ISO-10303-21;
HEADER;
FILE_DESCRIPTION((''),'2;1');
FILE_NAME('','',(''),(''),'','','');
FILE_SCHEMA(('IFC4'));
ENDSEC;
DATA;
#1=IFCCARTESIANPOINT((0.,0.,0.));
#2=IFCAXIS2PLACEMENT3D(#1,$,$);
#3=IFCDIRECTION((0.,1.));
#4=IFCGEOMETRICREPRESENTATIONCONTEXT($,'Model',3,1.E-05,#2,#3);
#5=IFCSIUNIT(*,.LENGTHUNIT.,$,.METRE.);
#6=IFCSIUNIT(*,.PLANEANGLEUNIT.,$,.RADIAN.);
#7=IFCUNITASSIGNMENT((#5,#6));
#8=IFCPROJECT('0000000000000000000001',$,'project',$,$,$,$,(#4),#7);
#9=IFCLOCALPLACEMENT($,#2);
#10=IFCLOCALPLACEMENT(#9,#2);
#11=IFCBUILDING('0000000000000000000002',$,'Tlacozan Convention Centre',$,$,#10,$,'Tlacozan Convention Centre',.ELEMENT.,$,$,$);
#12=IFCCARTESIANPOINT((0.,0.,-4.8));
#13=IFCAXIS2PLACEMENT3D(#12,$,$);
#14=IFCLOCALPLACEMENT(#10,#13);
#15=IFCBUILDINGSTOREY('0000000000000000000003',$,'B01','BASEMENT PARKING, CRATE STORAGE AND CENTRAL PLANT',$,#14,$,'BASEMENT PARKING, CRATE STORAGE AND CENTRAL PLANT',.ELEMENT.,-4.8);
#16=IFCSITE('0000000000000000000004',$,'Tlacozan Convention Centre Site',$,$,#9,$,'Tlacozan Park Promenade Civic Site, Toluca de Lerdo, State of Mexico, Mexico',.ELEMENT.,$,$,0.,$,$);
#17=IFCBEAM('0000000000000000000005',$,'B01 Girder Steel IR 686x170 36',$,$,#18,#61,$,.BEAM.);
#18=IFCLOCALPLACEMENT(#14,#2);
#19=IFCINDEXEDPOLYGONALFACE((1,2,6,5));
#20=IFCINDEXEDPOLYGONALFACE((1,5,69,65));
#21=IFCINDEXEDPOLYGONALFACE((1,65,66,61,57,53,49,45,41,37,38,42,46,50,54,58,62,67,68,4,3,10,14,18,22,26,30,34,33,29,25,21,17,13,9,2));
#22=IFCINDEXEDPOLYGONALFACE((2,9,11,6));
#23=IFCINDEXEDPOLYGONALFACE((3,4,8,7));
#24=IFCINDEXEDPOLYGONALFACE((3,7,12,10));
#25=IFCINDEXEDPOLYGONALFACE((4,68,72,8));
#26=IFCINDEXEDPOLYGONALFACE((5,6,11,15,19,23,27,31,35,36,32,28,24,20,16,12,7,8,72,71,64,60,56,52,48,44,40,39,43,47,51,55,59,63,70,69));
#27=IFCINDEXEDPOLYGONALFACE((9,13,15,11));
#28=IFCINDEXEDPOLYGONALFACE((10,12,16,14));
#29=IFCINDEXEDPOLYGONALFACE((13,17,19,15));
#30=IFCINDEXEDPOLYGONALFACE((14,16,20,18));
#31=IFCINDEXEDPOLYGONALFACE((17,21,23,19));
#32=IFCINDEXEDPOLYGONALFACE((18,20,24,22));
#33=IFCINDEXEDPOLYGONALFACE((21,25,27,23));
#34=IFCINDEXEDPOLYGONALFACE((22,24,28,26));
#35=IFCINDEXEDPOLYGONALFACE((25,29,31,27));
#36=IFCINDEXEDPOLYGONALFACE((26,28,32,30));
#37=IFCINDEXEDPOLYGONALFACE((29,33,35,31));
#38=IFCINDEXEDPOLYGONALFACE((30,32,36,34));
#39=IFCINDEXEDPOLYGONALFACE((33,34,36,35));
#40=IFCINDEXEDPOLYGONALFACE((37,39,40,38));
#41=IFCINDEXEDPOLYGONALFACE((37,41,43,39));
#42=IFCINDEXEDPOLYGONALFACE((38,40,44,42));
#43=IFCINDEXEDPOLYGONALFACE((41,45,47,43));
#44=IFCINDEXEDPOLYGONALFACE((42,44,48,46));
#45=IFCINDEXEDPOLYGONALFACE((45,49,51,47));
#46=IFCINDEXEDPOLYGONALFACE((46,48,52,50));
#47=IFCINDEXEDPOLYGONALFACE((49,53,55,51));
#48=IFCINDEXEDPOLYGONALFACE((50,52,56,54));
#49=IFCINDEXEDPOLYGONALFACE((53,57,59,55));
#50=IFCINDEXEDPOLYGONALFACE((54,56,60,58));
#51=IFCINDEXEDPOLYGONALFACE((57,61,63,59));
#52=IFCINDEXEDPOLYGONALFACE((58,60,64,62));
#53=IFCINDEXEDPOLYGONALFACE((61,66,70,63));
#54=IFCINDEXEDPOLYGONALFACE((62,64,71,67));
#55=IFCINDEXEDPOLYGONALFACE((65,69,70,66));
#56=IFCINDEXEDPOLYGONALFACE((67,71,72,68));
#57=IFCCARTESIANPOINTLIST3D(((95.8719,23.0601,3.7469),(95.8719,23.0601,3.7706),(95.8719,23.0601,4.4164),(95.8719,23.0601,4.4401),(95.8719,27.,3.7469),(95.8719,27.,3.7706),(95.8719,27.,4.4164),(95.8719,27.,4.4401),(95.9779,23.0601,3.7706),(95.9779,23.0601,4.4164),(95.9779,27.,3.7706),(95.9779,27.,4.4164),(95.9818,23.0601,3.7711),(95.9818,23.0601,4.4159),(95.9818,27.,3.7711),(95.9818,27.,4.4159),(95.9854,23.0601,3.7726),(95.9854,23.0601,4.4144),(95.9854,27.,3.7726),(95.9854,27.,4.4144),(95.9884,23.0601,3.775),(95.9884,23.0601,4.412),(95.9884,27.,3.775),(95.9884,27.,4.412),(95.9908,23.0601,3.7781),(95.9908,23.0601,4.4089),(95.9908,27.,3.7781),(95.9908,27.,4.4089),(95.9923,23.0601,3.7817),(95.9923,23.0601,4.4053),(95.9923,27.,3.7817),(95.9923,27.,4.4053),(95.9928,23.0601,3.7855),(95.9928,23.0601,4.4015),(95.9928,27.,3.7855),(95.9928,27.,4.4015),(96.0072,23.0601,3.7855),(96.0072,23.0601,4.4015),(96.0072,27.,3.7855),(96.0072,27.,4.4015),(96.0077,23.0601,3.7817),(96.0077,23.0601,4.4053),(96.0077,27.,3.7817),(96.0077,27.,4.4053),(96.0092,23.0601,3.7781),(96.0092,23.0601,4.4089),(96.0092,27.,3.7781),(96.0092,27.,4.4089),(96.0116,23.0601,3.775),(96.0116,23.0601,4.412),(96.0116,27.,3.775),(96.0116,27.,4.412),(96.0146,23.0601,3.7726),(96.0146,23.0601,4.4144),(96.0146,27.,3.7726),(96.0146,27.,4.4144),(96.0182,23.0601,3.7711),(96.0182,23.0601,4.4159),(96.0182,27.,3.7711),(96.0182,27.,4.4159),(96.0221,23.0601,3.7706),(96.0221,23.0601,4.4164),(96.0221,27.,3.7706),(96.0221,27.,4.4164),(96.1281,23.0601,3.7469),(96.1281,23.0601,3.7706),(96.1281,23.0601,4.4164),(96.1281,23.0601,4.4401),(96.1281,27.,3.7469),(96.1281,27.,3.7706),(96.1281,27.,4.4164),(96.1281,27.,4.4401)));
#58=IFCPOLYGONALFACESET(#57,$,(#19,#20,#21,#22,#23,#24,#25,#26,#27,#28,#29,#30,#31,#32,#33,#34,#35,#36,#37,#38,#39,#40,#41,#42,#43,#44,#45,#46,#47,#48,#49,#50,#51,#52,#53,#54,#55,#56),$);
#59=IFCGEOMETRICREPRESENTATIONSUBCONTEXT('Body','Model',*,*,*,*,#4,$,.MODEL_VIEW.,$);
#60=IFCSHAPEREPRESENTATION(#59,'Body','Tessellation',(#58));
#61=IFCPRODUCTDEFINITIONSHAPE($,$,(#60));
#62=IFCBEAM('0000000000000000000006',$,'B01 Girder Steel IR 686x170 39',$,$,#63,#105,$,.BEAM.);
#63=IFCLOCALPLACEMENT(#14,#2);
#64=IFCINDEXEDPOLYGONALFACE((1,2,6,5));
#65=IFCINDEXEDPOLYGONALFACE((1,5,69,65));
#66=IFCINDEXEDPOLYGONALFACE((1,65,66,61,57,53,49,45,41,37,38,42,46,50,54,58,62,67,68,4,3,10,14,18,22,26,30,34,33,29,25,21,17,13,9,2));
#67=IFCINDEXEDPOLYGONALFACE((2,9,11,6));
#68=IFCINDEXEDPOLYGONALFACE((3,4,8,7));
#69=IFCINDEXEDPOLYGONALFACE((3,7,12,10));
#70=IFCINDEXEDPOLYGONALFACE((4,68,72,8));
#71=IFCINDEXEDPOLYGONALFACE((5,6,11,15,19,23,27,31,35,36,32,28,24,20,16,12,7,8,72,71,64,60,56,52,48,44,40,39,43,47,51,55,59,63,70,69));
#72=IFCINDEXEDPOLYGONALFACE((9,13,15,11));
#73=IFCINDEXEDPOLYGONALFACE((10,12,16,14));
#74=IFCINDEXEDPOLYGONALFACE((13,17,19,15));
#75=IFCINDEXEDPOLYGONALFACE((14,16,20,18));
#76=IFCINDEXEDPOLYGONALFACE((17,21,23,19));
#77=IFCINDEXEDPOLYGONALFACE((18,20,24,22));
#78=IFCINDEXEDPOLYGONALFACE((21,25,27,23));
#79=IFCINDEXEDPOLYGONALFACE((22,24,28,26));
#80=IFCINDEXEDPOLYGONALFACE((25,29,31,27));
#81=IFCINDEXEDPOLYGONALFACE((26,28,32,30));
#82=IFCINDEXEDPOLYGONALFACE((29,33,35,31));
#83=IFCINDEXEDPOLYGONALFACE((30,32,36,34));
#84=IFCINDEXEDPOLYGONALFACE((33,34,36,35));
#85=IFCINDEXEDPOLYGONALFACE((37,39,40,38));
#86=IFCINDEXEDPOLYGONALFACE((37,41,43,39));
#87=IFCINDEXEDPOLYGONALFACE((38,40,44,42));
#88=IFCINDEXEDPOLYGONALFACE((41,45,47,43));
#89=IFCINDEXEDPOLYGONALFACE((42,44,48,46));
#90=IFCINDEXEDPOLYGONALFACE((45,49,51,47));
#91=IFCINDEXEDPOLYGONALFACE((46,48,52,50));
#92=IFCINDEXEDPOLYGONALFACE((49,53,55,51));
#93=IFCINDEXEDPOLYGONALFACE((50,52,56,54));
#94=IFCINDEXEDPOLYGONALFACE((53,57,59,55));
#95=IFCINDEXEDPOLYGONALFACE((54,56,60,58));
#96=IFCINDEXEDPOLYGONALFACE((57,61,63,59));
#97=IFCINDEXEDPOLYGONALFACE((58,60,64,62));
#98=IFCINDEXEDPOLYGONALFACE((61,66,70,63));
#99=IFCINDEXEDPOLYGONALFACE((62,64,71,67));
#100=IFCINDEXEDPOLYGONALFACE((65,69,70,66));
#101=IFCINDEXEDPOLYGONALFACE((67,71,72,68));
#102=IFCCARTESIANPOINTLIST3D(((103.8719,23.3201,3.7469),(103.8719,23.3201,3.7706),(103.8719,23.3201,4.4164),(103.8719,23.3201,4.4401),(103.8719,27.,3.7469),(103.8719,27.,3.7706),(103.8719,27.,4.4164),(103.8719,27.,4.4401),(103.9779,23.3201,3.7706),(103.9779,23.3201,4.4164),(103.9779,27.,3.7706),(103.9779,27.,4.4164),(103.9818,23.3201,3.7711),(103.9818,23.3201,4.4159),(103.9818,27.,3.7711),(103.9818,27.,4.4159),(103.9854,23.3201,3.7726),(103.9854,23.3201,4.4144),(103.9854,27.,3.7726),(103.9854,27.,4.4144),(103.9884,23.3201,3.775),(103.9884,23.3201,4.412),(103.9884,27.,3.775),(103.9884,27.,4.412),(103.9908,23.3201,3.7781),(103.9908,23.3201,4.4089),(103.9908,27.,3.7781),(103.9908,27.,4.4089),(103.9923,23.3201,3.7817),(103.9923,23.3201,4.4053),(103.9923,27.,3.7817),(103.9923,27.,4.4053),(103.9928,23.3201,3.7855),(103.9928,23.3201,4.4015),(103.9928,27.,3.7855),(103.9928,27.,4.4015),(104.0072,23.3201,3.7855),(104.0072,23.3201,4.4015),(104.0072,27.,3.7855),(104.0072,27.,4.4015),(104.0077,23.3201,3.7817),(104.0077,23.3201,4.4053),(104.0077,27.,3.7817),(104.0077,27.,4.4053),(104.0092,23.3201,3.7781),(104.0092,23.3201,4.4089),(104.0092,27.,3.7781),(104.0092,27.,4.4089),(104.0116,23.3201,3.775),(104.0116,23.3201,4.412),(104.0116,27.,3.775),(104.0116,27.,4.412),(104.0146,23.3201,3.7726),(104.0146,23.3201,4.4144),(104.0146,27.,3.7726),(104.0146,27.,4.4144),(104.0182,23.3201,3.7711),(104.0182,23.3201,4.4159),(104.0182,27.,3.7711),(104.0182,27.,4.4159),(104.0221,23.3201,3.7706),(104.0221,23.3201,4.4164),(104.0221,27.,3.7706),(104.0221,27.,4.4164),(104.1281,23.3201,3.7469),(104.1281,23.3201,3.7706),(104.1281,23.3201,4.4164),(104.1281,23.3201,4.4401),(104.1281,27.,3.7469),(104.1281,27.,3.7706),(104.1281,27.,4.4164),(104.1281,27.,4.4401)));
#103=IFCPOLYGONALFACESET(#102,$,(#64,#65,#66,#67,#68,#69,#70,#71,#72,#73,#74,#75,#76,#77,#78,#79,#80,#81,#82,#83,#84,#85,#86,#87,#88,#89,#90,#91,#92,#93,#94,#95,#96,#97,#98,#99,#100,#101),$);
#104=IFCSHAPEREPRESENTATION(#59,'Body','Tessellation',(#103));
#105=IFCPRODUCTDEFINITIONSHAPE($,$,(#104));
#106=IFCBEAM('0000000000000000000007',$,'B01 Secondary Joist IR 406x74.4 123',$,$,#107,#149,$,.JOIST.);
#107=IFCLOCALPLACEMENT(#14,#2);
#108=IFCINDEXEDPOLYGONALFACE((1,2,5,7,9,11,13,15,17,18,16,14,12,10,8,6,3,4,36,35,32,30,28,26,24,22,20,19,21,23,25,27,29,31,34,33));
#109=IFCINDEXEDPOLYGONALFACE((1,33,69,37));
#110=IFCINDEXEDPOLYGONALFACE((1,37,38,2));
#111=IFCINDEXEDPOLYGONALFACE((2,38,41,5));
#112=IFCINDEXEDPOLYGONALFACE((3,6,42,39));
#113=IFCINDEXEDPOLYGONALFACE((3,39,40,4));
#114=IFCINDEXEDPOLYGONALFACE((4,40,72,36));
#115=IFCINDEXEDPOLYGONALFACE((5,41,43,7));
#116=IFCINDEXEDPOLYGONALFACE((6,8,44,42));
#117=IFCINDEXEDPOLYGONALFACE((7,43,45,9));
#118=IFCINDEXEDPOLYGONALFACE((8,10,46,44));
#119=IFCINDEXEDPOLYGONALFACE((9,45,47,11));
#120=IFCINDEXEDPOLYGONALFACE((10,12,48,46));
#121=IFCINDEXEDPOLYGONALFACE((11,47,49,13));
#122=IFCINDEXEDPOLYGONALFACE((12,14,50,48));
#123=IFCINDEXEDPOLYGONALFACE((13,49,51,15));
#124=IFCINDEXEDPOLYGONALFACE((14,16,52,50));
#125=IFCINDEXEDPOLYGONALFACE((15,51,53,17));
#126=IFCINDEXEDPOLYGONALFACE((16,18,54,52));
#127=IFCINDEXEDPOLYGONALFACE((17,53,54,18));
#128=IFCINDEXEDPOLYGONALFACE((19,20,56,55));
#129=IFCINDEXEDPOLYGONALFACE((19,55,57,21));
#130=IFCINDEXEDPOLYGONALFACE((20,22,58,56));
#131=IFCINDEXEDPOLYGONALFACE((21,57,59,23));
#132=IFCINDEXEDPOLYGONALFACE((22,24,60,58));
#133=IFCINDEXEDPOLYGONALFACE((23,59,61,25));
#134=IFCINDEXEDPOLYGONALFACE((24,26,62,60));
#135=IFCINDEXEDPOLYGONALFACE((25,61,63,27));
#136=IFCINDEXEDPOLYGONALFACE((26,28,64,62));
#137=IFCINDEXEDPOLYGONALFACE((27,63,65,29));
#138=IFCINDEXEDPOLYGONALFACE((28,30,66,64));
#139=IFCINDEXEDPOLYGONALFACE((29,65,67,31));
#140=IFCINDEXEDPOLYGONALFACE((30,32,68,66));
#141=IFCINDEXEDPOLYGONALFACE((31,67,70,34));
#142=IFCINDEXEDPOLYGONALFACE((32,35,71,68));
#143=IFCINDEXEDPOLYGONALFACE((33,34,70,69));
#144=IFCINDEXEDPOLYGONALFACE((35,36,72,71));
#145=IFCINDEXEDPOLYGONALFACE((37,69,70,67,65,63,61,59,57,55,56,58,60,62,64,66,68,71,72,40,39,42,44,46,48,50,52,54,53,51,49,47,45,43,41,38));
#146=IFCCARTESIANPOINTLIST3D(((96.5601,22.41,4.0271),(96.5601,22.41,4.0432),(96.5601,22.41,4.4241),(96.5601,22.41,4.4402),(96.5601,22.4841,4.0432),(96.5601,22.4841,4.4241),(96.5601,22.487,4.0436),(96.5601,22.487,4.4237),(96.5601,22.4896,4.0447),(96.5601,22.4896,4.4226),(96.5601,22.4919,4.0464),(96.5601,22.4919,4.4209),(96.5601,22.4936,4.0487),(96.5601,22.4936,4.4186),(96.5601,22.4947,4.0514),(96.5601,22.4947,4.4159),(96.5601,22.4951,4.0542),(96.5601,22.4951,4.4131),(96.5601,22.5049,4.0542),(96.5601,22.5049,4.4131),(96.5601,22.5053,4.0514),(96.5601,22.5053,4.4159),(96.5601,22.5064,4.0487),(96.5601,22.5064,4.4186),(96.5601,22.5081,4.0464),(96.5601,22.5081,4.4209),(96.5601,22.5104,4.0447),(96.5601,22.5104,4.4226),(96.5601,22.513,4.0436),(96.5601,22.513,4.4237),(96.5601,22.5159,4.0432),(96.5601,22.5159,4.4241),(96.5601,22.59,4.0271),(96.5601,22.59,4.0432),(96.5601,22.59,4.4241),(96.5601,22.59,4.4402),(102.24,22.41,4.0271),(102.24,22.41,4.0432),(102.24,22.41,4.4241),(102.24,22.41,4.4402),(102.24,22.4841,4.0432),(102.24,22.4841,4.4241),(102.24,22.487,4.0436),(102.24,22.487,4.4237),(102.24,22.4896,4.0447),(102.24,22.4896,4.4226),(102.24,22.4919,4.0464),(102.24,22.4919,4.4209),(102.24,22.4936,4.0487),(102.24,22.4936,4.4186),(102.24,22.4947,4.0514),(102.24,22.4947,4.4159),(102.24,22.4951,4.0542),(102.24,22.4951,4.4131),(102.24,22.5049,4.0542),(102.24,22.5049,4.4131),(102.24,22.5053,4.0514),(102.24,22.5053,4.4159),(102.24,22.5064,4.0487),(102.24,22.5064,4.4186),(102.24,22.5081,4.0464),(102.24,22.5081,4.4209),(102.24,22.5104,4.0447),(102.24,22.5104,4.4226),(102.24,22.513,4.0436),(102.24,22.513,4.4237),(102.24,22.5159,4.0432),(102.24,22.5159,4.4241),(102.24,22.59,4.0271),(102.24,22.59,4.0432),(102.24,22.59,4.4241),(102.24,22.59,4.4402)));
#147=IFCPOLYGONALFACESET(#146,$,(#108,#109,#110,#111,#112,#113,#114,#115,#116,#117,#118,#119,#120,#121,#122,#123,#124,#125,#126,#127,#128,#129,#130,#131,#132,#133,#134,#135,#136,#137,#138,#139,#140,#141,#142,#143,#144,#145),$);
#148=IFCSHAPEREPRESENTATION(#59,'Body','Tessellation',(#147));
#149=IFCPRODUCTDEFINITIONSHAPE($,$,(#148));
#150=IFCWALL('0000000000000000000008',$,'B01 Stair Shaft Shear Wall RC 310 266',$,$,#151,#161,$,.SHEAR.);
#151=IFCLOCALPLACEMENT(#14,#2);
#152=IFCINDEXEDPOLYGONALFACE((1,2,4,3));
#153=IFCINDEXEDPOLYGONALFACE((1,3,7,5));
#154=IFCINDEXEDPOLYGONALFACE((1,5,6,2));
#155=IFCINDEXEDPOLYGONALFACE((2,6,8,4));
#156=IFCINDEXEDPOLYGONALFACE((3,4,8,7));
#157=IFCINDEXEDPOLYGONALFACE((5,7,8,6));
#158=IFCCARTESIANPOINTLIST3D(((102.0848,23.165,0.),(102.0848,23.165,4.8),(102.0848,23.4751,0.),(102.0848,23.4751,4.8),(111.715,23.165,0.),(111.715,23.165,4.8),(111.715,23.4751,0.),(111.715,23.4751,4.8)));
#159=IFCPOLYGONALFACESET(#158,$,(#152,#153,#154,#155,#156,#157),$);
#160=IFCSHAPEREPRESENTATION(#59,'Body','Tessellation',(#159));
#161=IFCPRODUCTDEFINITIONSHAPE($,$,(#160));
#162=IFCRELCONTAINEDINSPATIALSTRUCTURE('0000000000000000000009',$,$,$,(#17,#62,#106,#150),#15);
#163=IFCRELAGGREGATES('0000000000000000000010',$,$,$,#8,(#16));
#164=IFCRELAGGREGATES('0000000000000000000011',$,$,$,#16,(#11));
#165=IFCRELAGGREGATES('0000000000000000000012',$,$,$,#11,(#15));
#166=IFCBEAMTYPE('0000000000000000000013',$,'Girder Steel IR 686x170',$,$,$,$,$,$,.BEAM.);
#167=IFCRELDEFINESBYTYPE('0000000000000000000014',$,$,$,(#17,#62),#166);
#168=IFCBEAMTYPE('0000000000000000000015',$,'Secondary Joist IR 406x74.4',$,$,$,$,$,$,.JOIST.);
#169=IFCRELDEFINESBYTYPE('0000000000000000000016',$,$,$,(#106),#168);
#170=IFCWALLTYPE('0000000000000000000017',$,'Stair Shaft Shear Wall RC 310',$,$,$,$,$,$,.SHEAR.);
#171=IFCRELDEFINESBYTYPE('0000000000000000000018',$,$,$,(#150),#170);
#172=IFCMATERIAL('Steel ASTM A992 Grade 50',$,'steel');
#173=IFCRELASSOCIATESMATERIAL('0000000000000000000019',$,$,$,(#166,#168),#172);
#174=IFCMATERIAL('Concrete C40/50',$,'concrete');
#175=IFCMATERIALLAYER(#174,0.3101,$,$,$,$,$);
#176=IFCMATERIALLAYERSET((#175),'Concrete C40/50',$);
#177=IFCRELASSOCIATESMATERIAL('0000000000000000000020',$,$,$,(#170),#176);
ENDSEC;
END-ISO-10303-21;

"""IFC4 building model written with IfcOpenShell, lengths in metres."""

from ifc_helpers import new_model, si_unit, direction, frame, frame_2d, origin, origin_2d, place, context, subcontext, project, spatial, rectangle, i_section, extrude, material, layer, layer_set, material_profile, profile_set, type_object, element, save


model = new_model("IFC4")

# Units and contexts
model_context = context("Model", 3, precision=1e-05, world=origin(), true_north=direction((0.0, 1.0)))
body_context = subcontext(model_context, "Body", "Model", "MODEL_VIEW")
ifc_project = project(units=[si_unit("LENGTHUNIT", "METRE"), si_unit("PLANEANGLEUNIT", "RADIAN")], contexts=[model_context])

# Site, building, storey
site_placement = place(None, origin())
site = spatial("IfcSite", under=ifc_project, at=site_placement, Name="Tlacozan Convention Centre Site", LongName="Tlacozan Park Promenade Civic Site, Toluca de Lerdo, State of Mexico, Mexico", CompositionType="ELEMENT", RefElevation=0.0)
building_placement = place(site_placement, origin())
building = spatial("IfcBuilding", under=site, at=building_placement, Name="Tlacozan Convention Centre", LongName="Tlacozan Convention Centre", CompositionType="ELEMENT")
storey_placement = place(building_placement, frame((0.0, 0.0, -4.8)))
storey = spatial("IfcBuildingStorey", under=building, at=storey_placement, Name="B01", Description="BASEMENT PARKING, CRATE STORAGE AND CENTRAL PLANT", LongName="BASEMENT PARKING, CRATE STORAGE AND CENTRAL PLANT", CompositionType="ELEMENT", Elevation=-4.8)

# Shared definitions
ifc_material_1 = material(Name="Concrete C40/50", Category="concrete")

# Beams
ifc_material_2 = material(Name="Steel ASTM A992 Grade 50", Category="steel")
ifc_material_profile_1 = material_profile(ifc_material_2, i_section(OverallWidth=0.2561, OverallDepth=0.6931, WebThickness=0.0144, FlangeThickness=0.0237, FilletRadius=0.0149, at=origin_2d()), Name="IR 686x170.0")
ifc_profile_set_1 = profile_set([ifc_material_profile_1], Name="Steel ASTM A992 Grade 50")
beam_type_1 = type_object("IfcBeamType", Name="Girder Steel IR 686x170", PredefinedType="BEAM", material=ifc_profile_set_1)
beam_1_placement = place(storey_placement, frame((96.0, 23.0601, 4.0935), z_axis=(0.0, 1.0, 0.0), x_axis=(-1.0, 0.0, 0.0)))
element("IfcBeam", 1, at=beam_1_placement, inside=storey, type_object=beam_type_1, Name="B01 Girder Steel IR 686x170 36", PredefinedType="BEAM", context=body_context, shape_type="SweptSolid", body=[
    extrude(i_section(OverallWidth=0.2561, OverallDepth=0.6931, WebThickness=0.0144, FlangeThickness=0.0237, FilletRadius=0.0149, at=origin_2d()), origin(), (0.0, 0.0, 1.0), 3.9399),
])
beam_2_placement = place(storey_placement, frame((104.0, 23.3201, 4.0935), z_axis=(0.0, 1.0, 0.0), x_axis=(-1.0, 0.0, 0.0)))
element("IfcBeam", 2, at=beam_2_placement, inside=storey, type_object=beam_type_1, Name="B01 Girder Steel IR 686x170 39", PredefinedType="BEAM", context=body_context, shape_type="SweptSolid", body=[
    extrude(i_section(OverallWidth=0.2561, OverallDepth=0.6931, WebThickness=0.0144, FlangeThickness=0.0237, FilletRadius=0.0149, at=origin_2d()), origin(), (0.0, 0.0, 1.0), 3.6799),
])
ifc_material_profile_2 = material_profile(ifc_material_2, i_section(OverallWidth=0.1799, OverallDepth=0.4131, WebThickness=0.0098, FlangeThickness=0.0161, FilletRadius=0.011, at=origin_2d()), Name="IR 406x74.4")
ifc_profile_set_2 = profile_set([ifc_material_profile_2], Name="Steel ASTM A992 Grade 50")
beam_type_2 = type_object("IfcBeamType", Name="Secondary Joist IR 406x74.4", PredefinedType="JOIST", material=ifc_profile_set_2)
beam_3_placement = place(storey_placement, frame((96.5601, 22.5, 4.2336), z_axis=(1.0, 0.0, 0.0), x_axis=(0.0, 1.0, 0.0)))
element("IfcBeam", 3, at=beam_3_placement, inside=storey, type_object=beam_type_2, Name="B01 Secondary Joist IR 406x74.4 123", PredefinedType="JOIST", context=body_context, shape_type="SweptSolid", body=[
    extrude(i_section(OverallWidth=0.1799, OverallDepth=0.4131, WebThickness=0.0098, FlangeThickness=0.0161, FilletRadius=0.011, at=origin_2d()), origin(), (0.0, 0.0, 1.0), 5.6799),
])

# Wall
ifc_layer_1 = layer(ifc_material_1, 0.3101)
ifc_layer_set_1 = layer_set([ifc_layer_1], Name="Concrete C40/50")
wall_type = type_object("IfcWallType", Name="Stair Shaft Shear Wall RC 310", PredefinedType="SHEAR", material=ifc_layer_set_1)
wall_placement = place(storey_placement, frame((102.085, 23.3201, 0.0), z_axis=(0.0, 0.0, 1.0), x_axis=(1.0, 0.0, 0.0)))
element("IfcWall", 4, at=wall_placement, inside=storey, type_object=wall_type, Name="B01 Stair Shaft Shear Wall RC 310 266", PredefinedType="SHEAR", context=body_context, shape_type="SweptSolid", body=[
    extrude(rectangle(XDim=9.6301, YDim=0.3101, at=frame_2d((4.8149, 0.0))), origin(), (0.0, 0.0, 1.0), 4.8),
])

save(model, "model.ifc")
